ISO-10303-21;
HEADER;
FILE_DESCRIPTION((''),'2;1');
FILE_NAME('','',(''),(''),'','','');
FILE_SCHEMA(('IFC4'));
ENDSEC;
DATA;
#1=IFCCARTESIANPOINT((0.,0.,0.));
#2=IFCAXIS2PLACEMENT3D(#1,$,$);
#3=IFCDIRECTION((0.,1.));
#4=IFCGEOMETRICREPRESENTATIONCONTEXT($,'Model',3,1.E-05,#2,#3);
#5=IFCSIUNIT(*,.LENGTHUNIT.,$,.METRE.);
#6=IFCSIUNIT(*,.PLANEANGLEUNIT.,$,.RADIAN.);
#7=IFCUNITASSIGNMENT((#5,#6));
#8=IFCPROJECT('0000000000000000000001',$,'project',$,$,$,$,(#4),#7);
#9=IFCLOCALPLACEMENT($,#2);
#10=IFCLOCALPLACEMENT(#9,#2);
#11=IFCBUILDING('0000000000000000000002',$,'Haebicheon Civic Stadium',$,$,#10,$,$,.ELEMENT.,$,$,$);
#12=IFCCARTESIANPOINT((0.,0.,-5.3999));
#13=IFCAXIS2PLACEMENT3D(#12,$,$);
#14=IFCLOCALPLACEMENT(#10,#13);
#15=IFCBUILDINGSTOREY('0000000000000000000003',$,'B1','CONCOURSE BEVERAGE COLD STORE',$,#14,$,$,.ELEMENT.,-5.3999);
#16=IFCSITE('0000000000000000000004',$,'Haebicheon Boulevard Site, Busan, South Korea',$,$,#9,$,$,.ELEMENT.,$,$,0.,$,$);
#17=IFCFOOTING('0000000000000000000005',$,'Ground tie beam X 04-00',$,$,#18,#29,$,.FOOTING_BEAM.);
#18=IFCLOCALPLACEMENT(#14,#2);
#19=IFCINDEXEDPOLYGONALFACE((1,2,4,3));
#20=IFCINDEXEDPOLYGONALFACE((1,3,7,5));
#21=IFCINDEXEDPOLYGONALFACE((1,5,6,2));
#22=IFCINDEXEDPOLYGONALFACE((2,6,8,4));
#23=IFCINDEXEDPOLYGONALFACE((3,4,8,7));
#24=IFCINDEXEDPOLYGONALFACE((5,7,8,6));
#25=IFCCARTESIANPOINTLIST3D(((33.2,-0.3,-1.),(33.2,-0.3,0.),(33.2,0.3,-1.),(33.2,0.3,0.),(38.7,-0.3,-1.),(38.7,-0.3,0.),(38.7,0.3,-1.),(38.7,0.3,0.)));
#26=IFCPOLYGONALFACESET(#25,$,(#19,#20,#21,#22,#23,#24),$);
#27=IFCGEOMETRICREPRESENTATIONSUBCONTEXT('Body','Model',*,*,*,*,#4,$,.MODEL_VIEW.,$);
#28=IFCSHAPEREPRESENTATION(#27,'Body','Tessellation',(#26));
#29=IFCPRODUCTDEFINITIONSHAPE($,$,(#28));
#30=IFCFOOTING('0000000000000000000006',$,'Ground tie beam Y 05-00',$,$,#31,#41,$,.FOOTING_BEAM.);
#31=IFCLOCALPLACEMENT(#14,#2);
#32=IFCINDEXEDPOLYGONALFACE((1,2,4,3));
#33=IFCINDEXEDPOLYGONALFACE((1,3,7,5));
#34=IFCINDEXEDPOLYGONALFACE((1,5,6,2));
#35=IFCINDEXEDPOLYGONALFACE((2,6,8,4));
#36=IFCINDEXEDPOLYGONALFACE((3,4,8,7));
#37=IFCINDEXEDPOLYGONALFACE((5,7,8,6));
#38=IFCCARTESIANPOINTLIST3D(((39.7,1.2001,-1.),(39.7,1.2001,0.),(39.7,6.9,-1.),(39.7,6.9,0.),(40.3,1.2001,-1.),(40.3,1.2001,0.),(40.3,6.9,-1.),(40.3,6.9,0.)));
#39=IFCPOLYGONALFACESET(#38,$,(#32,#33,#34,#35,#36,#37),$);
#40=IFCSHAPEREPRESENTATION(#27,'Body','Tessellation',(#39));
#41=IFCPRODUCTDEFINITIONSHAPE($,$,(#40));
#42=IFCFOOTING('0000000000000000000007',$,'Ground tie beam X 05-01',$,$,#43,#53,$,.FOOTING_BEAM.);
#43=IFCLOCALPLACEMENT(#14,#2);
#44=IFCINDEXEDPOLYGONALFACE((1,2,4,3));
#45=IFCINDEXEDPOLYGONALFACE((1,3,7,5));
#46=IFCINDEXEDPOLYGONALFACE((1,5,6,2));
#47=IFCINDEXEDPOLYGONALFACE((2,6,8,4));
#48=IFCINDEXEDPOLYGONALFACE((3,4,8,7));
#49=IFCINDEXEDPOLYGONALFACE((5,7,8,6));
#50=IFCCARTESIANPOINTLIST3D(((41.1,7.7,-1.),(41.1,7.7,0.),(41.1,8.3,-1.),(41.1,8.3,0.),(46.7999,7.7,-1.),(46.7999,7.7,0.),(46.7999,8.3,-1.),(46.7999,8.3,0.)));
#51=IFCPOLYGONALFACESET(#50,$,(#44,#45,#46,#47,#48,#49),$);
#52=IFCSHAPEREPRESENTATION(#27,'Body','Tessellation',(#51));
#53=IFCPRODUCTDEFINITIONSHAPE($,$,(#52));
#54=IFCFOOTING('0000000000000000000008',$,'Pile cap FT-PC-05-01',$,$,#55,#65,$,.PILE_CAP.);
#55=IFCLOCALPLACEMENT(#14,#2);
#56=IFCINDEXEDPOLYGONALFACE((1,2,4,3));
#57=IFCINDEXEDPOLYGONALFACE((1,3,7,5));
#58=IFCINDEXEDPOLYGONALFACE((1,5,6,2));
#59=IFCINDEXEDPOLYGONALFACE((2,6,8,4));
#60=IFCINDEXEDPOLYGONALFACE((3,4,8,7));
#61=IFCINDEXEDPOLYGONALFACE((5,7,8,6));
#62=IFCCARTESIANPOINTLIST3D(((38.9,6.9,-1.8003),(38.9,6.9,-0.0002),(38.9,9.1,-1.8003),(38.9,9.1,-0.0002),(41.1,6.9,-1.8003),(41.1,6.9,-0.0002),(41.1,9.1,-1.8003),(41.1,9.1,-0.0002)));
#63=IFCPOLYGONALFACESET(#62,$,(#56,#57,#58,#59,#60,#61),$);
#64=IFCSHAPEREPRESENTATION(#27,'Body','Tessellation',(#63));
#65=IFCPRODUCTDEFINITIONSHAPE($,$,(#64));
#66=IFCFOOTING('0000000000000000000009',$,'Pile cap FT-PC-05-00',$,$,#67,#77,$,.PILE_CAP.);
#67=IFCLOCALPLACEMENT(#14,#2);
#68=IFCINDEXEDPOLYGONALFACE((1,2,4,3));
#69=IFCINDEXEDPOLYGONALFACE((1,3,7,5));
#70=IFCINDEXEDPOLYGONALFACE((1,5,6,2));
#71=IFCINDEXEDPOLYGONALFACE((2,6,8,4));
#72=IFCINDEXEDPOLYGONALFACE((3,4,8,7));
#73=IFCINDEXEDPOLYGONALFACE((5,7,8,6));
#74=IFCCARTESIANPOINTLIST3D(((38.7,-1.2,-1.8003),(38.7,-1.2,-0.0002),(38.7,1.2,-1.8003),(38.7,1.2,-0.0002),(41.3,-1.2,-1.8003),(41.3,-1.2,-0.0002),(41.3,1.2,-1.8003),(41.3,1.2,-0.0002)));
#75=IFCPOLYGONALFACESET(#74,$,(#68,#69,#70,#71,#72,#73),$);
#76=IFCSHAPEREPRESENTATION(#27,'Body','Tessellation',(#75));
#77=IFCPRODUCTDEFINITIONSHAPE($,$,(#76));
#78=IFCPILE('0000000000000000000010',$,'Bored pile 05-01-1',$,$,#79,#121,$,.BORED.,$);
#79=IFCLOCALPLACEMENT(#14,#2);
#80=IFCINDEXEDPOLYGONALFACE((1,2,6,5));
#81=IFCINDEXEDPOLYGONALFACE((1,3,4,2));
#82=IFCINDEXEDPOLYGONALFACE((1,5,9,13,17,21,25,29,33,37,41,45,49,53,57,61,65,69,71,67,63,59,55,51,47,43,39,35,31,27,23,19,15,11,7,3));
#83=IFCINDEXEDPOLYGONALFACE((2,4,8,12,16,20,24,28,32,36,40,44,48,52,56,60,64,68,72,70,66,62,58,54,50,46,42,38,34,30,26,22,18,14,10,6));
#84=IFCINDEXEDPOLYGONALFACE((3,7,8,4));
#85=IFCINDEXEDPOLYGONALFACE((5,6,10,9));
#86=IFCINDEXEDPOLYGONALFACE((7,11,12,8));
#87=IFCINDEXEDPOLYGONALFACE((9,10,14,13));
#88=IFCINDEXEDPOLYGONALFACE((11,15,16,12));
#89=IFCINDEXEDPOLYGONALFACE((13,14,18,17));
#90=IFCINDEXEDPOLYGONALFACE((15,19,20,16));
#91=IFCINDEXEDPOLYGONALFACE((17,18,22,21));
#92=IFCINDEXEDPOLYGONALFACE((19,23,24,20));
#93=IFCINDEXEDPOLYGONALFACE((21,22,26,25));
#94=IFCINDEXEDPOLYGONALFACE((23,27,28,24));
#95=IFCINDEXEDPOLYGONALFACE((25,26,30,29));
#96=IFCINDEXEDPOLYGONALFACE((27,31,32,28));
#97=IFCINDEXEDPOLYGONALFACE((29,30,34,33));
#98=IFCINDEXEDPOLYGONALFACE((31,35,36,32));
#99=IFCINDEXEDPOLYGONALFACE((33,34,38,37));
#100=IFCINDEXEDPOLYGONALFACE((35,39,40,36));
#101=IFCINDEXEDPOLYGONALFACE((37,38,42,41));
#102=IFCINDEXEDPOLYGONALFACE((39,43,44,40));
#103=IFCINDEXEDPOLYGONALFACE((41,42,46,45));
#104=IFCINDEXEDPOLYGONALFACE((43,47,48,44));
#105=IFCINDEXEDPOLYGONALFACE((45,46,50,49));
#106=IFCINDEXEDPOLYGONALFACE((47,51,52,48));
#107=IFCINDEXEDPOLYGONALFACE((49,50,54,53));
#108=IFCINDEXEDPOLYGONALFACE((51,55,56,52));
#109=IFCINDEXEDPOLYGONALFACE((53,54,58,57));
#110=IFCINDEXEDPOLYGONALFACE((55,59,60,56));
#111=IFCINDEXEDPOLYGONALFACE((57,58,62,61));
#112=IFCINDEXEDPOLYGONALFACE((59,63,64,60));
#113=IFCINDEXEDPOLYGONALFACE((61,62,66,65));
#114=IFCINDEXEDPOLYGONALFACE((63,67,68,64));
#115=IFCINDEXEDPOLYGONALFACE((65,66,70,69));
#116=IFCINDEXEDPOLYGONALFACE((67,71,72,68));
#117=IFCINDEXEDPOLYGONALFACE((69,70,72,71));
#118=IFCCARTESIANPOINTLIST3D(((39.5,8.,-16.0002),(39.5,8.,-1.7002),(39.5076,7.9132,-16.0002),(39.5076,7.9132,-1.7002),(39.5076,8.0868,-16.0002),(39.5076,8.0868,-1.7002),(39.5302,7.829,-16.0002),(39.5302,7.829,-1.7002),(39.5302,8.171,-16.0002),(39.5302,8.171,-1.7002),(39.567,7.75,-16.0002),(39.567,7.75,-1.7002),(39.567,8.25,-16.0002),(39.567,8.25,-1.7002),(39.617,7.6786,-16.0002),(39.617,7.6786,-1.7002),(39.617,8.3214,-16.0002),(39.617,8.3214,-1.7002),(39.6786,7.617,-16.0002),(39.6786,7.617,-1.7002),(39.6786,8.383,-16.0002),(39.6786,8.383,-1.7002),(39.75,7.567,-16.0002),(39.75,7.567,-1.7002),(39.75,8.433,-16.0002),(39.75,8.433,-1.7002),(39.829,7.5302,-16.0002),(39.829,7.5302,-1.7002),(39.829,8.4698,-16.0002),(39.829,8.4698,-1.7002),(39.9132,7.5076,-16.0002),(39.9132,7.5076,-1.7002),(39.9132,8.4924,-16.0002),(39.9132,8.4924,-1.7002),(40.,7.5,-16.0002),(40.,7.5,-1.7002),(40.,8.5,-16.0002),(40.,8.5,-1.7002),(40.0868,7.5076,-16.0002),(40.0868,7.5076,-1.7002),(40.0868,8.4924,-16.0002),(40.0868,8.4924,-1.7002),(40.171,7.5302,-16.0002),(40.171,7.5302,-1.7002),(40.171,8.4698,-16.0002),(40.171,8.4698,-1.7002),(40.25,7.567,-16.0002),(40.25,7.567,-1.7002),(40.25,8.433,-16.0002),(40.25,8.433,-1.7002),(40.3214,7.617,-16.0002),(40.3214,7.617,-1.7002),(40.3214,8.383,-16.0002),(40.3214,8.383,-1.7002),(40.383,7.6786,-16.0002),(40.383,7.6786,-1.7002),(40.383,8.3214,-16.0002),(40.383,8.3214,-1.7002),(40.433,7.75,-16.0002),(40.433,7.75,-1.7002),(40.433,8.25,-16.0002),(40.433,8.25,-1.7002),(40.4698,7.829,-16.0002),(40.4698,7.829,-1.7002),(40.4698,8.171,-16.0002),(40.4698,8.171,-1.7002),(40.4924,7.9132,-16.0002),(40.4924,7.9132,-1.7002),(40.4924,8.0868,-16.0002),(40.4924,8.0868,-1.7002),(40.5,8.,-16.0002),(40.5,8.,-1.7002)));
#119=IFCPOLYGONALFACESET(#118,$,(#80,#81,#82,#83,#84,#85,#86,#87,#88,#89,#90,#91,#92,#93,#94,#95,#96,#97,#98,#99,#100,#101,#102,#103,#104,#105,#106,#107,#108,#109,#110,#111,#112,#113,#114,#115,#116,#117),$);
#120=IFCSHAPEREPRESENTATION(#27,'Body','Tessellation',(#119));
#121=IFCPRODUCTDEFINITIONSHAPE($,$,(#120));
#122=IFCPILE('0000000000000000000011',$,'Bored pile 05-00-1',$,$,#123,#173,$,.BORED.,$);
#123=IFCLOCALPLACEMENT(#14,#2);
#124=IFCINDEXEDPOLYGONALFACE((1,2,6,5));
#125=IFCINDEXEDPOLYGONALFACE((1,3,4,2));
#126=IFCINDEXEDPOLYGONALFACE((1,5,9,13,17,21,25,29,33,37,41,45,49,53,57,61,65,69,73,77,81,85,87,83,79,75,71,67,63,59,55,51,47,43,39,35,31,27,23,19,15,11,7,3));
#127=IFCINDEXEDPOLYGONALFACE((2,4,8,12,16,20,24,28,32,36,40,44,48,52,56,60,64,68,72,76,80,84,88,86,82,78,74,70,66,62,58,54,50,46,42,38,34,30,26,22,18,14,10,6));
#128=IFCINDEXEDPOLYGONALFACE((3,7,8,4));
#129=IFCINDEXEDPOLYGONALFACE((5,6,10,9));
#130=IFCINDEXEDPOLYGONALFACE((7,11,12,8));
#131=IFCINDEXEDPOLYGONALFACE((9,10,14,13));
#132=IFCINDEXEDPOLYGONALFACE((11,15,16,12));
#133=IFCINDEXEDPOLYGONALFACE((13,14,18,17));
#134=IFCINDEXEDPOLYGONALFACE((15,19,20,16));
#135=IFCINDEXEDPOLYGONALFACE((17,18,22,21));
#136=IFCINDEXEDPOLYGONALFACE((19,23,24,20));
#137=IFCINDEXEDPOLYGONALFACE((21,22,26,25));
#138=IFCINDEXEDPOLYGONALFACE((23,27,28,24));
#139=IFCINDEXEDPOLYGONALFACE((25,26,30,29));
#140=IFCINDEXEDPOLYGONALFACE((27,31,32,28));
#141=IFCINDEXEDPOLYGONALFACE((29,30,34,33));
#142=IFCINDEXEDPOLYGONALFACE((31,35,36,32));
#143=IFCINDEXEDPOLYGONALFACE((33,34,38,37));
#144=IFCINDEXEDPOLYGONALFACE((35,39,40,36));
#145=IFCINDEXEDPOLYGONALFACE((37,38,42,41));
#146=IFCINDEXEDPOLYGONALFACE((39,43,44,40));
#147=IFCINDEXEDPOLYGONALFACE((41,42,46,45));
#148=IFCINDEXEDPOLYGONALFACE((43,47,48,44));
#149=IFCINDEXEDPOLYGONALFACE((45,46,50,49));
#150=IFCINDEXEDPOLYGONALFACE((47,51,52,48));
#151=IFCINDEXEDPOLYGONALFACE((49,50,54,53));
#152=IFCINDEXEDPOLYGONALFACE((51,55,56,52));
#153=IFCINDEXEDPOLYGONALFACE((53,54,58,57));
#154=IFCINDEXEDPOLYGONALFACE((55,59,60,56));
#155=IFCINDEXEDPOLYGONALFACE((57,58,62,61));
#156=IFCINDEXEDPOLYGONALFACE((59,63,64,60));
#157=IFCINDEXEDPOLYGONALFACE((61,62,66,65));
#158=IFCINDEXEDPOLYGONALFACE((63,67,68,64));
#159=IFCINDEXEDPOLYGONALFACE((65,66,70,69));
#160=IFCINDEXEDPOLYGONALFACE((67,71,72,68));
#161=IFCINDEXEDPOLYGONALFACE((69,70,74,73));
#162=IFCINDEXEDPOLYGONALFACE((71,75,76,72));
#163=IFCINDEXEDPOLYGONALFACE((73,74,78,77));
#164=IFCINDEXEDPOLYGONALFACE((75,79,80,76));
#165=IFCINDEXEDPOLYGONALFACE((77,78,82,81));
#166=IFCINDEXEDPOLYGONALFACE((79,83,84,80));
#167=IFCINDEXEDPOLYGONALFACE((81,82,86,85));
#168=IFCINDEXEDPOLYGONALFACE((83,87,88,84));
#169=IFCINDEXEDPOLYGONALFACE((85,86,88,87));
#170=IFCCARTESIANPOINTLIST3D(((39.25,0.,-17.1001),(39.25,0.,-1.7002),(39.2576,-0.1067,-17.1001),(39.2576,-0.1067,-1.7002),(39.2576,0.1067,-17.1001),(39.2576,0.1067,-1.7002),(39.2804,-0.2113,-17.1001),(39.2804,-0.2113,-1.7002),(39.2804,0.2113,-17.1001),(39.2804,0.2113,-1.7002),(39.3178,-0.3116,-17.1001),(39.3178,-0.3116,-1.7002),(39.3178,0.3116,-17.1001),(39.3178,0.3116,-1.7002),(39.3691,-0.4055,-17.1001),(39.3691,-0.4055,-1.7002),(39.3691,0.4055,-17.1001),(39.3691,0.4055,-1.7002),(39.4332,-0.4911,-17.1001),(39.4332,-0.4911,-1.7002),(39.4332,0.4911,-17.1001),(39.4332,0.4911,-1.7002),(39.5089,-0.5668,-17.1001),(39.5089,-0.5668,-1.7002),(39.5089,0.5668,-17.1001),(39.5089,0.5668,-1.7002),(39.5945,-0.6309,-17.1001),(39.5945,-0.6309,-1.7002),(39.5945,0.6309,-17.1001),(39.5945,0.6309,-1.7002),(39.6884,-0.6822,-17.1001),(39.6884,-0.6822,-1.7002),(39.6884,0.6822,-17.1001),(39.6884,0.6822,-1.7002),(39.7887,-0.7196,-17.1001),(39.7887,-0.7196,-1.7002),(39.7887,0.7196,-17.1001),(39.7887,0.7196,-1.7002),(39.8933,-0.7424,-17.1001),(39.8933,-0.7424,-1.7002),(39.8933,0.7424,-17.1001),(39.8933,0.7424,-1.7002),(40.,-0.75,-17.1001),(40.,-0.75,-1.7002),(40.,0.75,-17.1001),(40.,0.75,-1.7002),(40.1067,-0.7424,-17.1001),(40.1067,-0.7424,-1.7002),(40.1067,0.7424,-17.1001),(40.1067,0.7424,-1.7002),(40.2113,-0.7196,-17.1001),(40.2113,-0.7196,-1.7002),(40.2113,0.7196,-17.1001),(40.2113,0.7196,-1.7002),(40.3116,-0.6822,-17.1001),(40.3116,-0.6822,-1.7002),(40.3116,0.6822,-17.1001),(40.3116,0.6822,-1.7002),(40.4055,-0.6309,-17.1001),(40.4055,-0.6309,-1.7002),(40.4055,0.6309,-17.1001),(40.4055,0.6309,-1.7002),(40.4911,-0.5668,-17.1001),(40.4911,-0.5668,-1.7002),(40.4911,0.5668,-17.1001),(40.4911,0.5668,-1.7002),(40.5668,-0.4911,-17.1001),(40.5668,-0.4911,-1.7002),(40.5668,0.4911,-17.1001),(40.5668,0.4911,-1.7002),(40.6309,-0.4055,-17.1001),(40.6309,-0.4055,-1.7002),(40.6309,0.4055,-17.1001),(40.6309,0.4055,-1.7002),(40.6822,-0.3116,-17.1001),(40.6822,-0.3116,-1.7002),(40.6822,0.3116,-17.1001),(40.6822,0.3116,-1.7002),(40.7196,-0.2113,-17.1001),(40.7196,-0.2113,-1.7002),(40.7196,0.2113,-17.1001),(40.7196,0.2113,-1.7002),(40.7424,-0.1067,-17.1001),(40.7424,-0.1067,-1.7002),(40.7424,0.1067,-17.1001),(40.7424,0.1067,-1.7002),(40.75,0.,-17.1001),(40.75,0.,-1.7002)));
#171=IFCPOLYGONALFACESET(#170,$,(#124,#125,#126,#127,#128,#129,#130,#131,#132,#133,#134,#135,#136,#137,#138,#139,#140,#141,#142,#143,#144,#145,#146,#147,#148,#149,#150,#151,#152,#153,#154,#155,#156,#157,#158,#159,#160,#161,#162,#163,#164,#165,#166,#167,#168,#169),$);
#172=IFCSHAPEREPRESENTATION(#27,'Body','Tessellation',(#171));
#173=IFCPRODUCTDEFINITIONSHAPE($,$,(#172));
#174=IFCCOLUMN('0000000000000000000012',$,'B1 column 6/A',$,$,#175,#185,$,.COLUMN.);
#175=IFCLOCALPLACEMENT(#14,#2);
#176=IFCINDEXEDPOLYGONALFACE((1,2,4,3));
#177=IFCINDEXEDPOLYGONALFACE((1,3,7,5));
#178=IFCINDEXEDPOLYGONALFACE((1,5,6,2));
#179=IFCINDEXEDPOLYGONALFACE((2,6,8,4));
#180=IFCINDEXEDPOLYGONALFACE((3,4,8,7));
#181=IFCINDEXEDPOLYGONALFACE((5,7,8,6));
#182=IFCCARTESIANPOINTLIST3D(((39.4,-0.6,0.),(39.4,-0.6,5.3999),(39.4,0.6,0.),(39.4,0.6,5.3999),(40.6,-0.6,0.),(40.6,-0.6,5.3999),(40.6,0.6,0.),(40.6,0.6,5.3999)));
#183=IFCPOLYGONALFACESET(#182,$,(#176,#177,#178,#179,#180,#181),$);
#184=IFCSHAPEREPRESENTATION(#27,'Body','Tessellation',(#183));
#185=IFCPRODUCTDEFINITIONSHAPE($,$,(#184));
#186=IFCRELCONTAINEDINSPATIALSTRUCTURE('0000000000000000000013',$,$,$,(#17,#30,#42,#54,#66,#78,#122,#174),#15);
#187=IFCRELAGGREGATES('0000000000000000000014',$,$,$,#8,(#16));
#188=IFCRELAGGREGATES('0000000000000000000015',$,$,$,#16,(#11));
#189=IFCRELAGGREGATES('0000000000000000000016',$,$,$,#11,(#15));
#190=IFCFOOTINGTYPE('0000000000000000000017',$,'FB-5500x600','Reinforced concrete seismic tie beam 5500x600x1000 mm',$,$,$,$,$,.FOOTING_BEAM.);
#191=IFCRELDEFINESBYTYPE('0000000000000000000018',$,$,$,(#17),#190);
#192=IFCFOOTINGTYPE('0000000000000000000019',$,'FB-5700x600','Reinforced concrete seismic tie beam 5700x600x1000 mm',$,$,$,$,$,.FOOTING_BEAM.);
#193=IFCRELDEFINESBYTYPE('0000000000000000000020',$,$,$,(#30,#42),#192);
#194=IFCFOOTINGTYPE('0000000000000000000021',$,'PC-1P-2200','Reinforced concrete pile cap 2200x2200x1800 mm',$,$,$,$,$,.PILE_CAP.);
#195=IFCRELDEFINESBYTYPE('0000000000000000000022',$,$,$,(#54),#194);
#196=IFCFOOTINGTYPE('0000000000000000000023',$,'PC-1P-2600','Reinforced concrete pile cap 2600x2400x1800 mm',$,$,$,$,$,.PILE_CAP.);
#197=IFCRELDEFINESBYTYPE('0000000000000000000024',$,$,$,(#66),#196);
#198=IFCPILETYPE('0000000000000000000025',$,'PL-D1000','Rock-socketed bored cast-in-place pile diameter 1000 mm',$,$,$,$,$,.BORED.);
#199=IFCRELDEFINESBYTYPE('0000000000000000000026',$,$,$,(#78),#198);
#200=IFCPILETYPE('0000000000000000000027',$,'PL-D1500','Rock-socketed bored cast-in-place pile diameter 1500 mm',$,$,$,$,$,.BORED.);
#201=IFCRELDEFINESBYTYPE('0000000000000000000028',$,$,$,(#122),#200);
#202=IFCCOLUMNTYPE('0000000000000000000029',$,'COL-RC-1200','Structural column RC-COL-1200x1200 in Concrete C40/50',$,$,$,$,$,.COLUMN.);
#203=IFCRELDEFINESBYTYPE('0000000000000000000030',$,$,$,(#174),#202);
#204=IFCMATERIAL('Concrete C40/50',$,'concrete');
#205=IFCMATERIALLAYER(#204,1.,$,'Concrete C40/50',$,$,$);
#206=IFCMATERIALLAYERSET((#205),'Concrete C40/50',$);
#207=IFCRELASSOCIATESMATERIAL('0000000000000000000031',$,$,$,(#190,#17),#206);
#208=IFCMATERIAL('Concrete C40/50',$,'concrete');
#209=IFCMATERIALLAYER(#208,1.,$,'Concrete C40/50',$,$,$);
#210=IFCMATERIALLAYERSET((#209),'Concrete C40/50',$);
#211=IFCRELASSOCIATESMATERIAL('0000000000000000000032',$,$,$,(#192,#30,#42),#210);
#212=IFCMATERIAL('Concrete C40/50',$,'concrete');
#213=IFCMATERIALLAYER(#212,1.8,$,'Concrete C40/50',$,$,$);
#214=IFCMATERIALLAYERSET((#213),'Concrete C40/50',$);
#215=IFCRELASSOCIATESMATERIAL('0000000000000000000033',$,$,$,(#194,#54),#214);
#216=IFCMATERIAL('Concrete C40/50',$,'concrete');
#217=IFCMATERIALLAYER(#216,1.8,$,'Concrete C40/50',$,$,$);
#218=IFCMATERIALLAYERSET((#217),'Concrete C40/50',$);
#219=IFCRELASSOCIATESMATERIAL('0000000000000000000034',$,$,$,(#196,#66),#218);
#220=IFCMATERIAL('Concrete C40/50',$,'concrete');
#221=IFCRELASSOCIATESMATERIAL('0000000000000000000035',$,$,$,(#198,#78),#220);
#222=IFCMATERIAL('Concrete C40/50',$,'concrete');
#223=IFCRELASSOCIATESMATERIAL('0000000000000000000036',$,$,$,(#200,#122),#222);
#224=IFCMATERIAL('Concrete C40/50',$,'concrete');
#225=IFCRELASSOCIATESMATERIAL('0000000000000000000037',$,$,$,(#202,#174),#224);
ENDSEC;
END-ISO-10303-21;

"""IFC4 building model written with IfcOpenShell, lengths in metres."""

from ifc_helpers import new_model, si_unit, direction, frame, origin, origin_2d, place, context, subcontext, project, spatial, rectangle, circle, extrude, material, layer, layer_set, material_profile, profile_set, type_object, element, save


model = new_model("IFC4")

# Units and contexts
model_context = context("Model", 3, precision=1e-05, world=origin(), true_north=direction((0.0, 1.0)))
body_context = subcontext(model_context, "Body", "Model", "MODEL_VIEW")
ifc_project = project(units=[si_unit("LENGTHUNIT", "METRE"), si_unit("PLANEANGLEUNIT", "RADIAN")], contexts=[model_context])

# Site, building, storey
site_placement = place(None, origin())
site = spatial("IfcSite", under=ifc_project, at=site_placement, Name="Haebicheon Boulevard Site, Busan, South Korea", CompositionType="ELEMENT", RefElevation=0.0)
building_placement = place(site_placement, origin())
building = spatial("IfcBuilding", under=site, at=building_placement, Name="Haebicheon Civic Stadium", CompositionType="ELEMENT")
storey_placement = place(building_placement, frame((0.0, 0.0, -5.3999)))
storey = spatial("IfcBuildingStorey", under=building, at=storey_placement, Name="B1", Description="CONCOURSE BEVERAGE COLD STORE", CompositionType="ELEMENT", Elevation=-5.3999)

# Footings
ifc_material_1 = material(Name="Concrete C40/50", Category="concrete")
ifc_layer_1 = layer(ifc_material_1, 1.0, Name="Concrete C40/50")
ifc_layer_set_1 = layer_set([ifc_layer_1], Name="Concrete C40/50")
footing_type_1 = type_object("IfcFootingType", Name="FB-5500x600", Description="Reinforced concrete seismic tie beam 5500x600x1000 mm", PredefinedType="FOOTING_BEAM", material=ifc_layer_set_1)
footing_1_placement = place(storey_placement, frame((35.95, 0.0, -1.0), z_axis=(0.0, 0.0, 1.0), x_axis=(1.0, 0.0, 0.0)))
element("IfcFooting", 1, at=footing_1_placement, inside=storey, type_object=footing_type_1, material=ifc_layer_set_1, Name="Ground tie beam X 04-00", PredefinedType="FOOTING_BEAM", context=body_context, shape_type="SweptSolid", body=[
    extrude(rectangle(XDim=5.5, YDim=0.6001, at=origin_2d()), origin(), (0.0, 0.0, 1.0), 1.0),
])
ifc_material_2 = material(Name="Concrete C40/50", Category="concrete")
ifc_layer_2 = layer(ifc_material_2, 1.0, Name="Concrete C40/50")
ifc_layer_set_2 = layer_set([ifc_layer_2], Name="Concrete C40/50")
footing_type_2 = type_object("IfcFootingType", Name="FB-5700x600", Description="Reinforced concrete seismic tie beam 5700x600x1000 mm", PredefinedType="FOOTING_BEAM", material=ifc_layer_set_2)
for number, where, z_axis, x_axis, name in (
    (2, (40.0, 4.05, -1.0), (0.0, 0.0, 1.0), (0.0, 1.0, 0.0), "Ground tie beam Y 05-00"),
    (3, (43.95, 8.0, -1.0), (0.0, 0.0, 1.0), (1.0, 0.0, 0.0), "Ground tie beam X 05-01"),
):
    element("IfcFooting", number, at=place(storey_placement, frame(where, z_axis=z_axis, x_axis=x_axis)), inside=storey, type_object=footing_type_2, material=ifc_layer_set_2, Name=name, PredefinedType="FOOTING_BEAM", context=body_context, shape_type="SweptSolid", body=[
        extrude(rectangle(XDim=5.7, YDim=0.6001, at=origin_2d()), origin(), (0.0, 0.0, 1.0), 1.0),
    ])
ifc_material_3 = material(Name="Concrete C40/50", Category="concrete")
ifc_layer_3 = layer(ifc_material_3, 1.8, Name="Concrete C40/50")
ifc_layer_set_3 = layer_set([ifc_layer_3], Name="Concrete C40/50")
footing_type_3 = type_object("IfcFootingType", Name="PC-1P-2200", Description="Reinforced concrete pile cap 2200x2200x1800 mm", PredefinedType="PILE_CAP", material=ifc_layer_set_3)
footing_2_placement = place(storey_placement, frame((40.0, 8.0, -1.8003), z_axis=(0.0, 0.0, 1.0), x_axis=(1.0, 0.0, 0.0)))
element("IfcFooting", 4, at=footing_2_placement, inside=storey, type_object=footing_type_3, material=ifc_layer_set_3, Name="Pile cap FT-PC-05-01", PredefinedType="PILE_CAP", context=body_context, shape_type="SweptSolid", body=[
    extrude(rectangle(XDim=2.2, YDim=2.2, at=origin_2d()), origin(), (0.0, 0.0, 1.0), 1.8),
])
ifc_material_4 = material(Name="Concrete C40/50", Category="concrete")
ifc_layer_4 = layer(ifc_material_4, 1.8, Name="Concrete C40/50")
ifc_layer_set_4 = layer_set([ifc_layer_4], Name="Concrete C40/50")
footing_type_4 = type_object("IfcFootingType", Name="PC-1P-2600", Description="Reinforced concrete pile cap 2600x2400x1800 mm", PredefinedType="PILE_CAP", material=ifc_layer_set_4)
footing_3_placement = place(storey_placement, frame((40.0, 0.0, -1.8003), z_axis=(0.0, 0.0, 1.0), x_axis=(1.0, 0.0, 0.0)))
element("IfcFooting", 5, at=footing_3_placement, inside=storey, type_object=footing_type_4, material=ifc_layer_set_4, Name="Pile cap FT-PC-05-00", PredefinedType="PILE_CAP", context=body_context, shape_type="SweptSolid", body=[
    extrude(rectangle(XDim=2.6001, YDim=2.3999, at=origin_2d()), origin(), (0.0, 0.0, 1.0), 1.8),
])

# Piles
ifc_material_5 = material(Name="Concrete C40/50", Category="concrete")
ifc_material_profile_1 = material_profile(ifc_material_5, circle(Radius=0.5, at=origin_2d()), Name="PILE-D1000")
ifc_profile_set_1 = profile_set([ifc_material_profile_1], Name="Concrete C40/50")
pile_type_1 = type_object("IfcPileType", Name="PL-D1000", Description="Rock-socketed bored cast-in-place pile diameter 1000 mm", PredefinedType="BORED", material=ifc_profile_set_1)
pile_1_placement = place(storey_placement, frame((40.0, 8.0, -1.7002), z_axis=(0.0, 0.0, -1.0), x_axis=(1.0, 0.0, 0.0)))
element("IfcPile", 6, at=pile_1_placement, inside=storey, type_object=pile_type_1, material=ifc_profile_set_1, Name="Bored pile 05-01-1", PredefinedType="BORED", context=body_context, shape_type="SweptSolid", body=[
    extrude(circle(Radius=0.5, at=origin_2d()), origin(), (0.0, 0.0, 1.0), 14.3),
])
ifc_material_6 = material(Name="Concrete C40/50", Category="concrete")
ifc_material_profile_2 = material_profile(ifc_material_6, circle(Radius=0.75, at=origin_2d()), Name="PILE-D1500")
ifc_profile_set_2 = profile_set([ifc_material_profile_2], Name="Concrete C40/50")
pile_type_2 = type_object("IfcPileType", Name="PL-D1500", Description="Rock-socketed bored cast-in-place pile diameter 1500 mm", PredefinedType="BORED", material=ifc_profile_set_2)
pile_2_placement = place(storey_placement, frame((40.0, 0.0, -1.7002), z_axis=(0.0, 0.0, -1.0), x_axis=(1.0, 0.0, 0.0)))
element("IfcPile", 7, at=pile_2_placement, inside=storey, type_object=pile_type_2, material=ifc_profile_set_2, Name="Bored pile 05-00-1", PredefinedType="BORED", context=body_context, shape_type="SweptSolid", body=[
    extrude(circle(Radius=0.75, at=origin_2d()), origin(), (0.0, 0.0, 1.0), 15.3999),
])

# Column
ifc_material_7 = material(Name="Concrete C40/50", Category="concrete")
ifc_material_profile_3 = material_profile(ifc_material_7, rectangle(XDim=1.2, YDim=1.2, at=origin_2d()), Name="RC-COL-1200x1200")
ifc_profile_set_3 = profile_set([ifc_material_profile_3], Name="Concrete C40/50")
column_type = type_object("IfcColumnType", Name="COL-RC-1200", Description="Structural column RC-COL-1200x1200 in Concrete C40/50", PredefinedType="COLUMN", material=ifc_profile_set_3)
for number, where, z_axis, x_axis, name in (
    (8, (40.0, 0.0, 0.0), (0.0, 0.0, 1.0), (1.0, 0.0, 0.0), "B1 column 6/A"),
):
    element("IfcColumn", number, at=place(storey_placement, frame(where, z_axis=z_axis, x_axis=x_axis)), inside=storey, type_object=column_type, material=ifc_profile_set_3, Name=name, PredefinedType="COLUMN", context=body_context, shape_type="SweptSolid", body=[
        extrude(rectangle(XDim=1.2, YDim=1.2, at=origin_2d()), origin(), (0.0, 0.0, 1.0), 5.3999),
    ])

save(model, "model.ifc")
